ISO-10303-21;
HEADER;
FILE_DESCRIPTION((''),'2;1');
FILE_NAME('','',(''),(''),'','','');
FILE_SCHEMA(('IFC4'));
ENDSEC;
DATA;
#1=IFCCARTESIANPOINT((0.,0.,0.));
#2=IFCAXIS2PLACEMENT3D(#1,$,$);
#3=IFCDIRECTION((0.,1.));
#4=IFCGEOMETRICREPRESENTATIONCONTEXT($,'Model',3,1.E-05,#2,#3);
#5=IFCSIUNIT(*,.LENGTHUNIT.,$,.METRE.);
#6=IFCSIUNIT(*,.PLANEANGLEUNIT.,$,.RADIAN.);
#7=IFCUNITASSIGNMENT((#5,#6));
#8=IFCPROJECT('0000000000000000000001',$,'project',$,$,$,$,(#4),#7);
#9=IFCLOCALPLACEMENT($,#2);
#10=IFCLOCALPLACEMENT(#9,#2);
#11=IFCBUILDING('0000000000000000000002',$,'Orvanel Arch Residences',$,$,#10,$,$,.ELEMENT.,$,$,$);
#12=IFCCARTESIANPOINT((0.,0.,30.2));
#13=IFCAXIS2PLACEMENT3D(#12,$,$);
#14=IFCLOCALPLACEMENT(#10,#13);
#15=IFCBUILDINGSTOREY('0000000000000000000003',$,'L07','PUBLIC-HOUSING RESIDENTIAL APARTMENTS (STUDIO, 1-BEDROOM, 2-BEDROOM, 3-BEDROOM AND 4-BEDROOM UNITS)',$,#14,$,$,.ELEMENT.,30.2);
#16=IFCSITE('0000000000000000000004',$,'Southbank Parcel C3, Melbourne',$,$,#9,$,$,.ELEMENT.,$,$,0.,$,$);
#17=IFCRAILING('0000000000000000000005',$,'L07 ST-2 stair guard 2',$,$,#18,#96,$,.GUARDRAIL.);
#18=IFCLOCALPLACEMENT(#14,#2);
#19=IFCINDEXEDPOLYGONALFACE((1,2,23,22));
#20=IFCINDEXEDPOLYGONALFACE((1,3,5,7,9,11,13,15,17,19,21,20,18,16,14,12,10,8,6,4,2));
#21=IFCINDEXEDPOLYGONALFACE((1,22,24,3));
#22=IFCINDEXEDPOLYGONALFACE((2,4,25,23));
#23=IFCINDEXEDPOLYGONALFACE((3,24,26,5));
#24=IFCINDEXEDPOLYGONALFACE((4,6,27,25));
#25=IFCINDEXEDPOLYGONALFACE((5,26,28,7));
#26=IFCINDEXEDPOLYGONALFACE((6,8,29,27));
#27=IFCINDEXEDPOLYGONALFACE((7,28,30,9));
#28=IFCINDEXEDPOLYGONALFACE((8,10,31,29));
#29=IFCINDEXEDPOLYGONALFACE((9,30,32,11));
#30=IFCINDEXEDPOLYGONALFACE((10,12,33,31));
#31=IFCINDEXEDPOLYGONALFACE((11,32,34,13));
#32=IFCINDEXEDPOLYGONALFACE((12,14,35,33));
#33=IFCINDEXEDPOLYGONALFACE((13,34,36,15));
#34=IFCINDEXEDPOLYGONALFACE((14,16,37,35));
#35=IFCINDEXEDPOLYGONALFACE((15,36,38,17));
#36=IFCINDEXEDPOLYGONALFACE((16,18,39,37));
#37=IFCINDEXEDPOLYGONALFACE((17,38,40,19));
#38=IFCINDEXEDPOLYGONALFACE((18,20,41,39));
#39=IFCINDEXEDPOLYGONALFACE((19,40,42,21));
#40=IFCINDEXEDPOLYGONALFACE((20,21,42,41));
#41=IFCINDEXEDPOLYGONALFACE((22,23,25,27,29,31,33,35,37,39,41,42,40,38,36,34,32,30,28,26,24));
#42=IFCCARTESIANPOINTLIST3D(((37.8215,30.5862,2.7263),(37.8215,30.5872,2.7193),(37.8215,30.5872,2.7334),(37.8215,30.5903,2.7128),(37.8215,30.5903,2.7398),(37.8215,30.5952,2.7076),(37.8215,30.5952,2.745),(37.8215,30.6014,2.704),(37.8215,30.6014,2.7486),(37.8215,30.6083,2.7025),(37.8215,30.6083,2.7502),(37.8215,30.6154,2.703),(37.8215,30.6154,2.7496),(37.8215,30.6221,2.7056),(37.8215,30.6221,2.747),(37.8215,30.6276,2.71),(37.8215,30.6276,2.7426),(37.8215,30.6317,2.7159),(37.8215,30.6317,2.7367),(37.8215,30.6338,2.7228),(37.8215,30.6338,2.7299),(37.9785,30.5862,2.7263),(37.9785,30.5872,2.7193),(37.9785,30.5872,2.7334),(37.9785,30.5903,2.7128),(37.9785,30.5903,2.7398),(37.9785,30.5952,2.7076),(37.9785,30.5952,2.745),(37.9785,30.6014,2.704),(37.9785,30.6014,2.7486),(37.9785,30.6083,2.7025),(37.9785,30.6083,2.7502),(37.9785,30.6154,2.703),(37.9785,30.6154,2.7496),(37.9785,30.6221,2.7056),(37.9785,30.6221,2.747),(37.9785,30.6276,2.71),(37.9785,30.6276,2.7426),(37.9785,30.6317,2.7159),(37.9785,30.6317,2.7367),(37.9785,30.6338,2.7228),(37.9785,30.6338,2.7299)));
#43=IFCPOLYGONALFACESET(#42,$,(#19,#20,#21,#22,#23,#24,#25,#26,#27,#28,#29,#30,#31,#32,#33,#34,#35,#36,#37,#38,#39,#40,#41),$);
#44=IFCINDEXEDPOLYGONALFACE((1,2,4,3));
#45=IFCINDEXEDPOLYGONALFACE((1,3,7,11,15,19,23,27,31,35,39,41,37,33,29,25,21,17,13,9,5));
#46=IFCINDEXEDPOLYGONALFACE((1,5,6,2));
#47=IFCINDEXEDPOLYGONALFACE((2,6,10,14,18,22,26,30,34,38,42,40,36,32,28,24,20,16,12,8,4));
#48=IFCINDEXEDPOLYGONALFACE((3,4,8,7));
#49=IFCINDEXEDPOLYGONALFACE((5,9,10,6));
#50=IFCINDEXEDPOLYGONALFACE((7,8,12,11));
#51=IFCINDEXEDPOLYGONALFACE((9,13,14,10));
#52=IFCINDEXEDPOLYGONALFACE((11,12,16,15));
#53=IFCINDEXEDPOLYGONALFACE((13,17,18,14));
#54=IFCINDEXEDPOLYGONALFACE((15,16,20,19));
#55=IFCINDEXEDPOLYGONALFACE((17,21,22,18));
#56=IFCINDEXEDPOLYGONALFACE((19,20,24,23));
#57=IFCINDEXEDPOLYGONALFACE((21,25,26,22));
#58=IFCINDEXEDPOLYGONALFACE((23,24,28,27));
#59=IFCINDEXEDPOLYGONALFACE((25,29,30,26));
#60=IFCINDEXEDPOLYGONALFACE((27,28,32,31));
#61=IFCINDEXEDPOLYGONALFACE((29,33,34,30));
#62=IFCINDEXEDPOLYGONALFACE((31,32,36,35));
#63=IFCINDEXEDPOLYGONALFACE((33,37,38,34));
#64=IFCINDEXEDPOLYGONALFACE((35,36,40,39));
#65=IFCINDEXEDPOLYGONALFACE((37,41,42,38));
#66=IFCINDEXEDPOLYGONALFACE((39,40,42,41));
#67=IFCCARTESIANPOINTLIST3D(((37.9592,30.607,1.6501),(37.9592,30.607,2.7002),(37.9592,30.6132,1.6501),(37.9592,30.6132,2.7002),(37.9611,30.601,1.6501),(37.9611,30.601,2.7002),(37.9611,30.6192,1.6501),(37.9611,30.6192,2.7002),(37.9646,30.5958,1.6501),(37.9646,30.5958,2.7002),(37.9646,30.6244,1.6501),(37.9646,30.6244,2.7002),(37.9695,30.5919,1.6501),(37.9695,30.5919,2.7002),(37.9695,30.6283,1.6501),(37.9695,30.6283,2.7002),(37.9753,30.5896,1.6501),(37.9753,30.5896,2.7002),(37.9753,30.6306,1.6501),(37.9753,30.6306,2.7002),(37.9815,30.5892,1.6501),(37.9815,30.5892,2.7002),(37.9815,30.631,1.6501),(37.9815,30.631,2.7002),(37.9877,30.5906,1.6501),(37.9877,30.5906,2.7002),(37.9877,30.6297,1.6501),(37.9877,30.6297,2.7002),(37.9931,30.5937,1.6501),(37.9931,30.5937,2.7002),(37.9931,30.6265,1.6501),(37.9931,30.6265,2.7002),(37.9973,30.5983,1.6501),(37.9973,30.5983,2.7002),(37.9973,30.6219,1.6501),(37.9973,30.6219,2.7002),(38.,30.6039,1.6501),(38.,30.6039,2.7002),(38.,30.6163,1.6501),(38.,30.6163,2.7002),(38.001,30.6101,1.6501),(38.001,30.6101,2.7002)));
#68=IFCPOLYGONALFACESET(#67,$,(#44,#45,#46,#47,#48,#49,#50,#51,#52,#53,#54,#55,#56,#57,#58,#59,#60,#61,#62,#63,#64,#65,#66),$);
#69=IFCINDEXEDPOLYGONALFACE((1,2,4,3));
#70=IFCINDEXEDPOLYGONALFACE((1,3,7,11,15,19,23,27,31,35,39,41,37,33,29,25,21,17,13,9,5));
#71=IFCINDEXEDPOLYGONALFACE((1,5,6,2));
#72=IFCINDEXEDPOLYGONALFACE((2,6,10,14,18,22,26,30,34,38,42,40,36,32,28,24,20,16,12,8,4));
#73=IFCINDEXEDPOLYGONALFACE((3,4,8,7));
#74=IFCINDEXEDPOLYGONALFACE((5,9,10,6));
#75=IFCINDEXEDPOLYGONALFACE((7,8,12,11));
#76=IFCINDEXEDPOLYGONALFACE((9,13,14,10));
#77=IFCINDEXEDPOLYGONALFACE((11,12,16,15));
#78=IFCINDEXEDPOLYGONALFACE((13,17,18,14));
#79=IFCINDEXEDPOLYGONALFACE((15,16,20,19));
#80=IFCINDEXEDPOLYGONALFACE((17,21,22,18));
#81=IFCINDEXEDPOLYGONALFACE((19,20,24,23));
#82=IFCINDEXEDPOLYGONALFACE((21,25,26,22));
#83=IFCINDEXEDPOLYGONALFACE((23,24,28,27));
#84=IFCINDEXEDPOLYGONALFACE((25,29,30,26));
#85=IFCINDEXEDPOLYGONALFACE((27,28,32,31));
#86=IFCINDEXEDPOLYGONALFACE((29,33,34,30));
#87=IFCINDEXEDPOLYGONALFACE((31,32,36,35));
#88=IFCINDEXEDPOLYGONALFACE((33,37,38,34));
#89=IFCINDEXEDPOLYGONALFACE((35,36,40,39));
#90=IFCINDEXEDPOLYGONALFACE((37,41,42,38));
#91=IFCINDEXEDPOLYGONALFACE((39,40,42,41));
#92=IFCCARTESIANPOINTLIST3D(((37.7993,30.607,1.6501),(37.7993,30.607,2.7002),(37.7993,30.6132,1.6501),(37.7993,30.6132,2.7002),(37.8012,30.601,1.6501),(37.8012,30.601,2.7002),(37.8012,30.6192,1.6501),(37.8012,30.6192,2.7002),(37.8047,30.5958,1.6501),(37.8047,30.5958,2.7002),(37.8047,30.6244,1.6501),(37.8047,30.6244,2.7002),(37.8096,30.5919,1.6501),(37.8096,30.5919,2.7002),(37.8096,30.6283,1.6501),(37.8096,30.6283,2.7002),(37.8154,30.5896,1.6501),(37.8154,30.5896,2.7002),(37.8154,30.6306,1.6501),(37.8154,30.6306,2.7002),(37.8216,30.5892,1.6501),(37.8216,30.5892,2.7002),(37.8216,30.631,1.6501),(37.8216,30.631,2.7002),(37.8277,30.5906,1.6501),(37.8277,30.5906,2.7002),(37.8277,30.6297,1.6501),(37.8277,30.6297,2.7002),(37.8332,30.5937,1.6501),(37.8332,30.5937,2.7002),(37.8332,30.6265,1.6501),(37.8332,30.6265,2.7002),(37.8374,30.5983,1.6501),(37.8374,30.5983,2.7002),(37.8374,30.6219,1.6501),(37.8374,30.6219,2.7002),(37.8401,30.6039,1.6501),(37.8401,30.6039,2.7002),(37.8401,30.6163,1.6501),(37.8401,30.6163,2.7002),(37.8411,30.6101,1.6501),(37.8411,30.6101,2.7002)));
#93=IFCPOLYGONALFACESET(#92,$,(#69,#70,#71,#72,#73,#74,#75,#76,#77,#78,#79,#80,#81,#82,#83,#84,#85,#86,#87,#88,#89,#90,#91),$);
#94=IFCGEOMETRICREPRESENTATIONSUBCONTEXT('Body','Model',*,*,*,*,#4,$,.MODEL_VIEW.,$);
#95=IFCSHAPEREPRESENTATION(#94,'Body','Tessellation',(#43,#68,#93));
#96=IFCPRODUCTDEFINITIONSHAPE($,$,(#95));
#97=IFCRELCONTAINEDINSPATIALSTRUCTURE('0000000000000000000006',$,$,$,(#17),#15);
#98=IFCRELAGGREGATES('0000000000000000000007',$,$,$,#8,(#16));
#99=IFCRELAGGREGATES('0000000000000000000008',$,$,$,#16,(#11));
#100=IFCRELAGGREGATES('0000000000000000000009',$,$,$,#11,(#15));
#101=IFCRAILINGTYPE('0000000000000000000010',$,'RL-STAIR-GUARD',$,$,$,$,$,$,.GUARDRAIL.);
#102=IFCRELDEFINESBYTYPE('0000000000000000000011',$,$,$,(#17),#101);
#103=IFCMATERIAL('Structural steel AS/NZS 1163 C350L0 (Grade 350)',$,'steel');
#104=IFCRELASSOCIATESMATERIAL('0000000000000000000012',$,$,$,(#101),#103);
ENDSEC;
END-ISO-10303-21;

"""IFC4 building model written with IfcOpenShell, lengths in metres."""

from ifc_helpers import new_model, si_unit, direction, frame, origin, origin_2d, place, context, subcontext, project, spatial, circle, extrude, material, type_object, element, save


model = new_model("IFC4")

# Units and contexts
model_context = context("Model", 3, precision=1e-05, world=origin(), true_north=direction((0.0, 1.0)))
body_context = subcontext(model_context, "Body", "Model", "MODEL_VIEW")
ifc_project = project(units=[si_unit("LENGTHUNIT", "METRE"), si_unit("PLANEANGLEUNIT", "RADIAN")], contexts=[model_context])

# Site, building, storey
site_placement = place(None, origin())
site = spatial("IfcSite", under=ifc_project, at=site_placement, Name="Southbank Parcel C3, Melbourne", CompositionType="ELEMENT", RefElevation=0.0)
building_placement = place(site_placement, origin())
building = spatial("IfcBuilding", under=site, at=building_placement, Name="Orvanel Arch Residences", CompositionType="ELEMENT")
storey_placement = place(building_placement, frame((0.0, 0.0, 30.2)))
storey = spatial("IfcBuildingStorey", under=building, at=storey_placement, Name="L07", Description="PUBLIC-HOUSING RESIDENTIAL APARTMENTS (STUDIO, 1-BEDROOM, 2-BEDROOM, 3-BEDROOM AND 4-BEDROOM UNITS)", CompositionType="ELEMENT", Elevation=30.2)

# Railing
ifc_material_1 = material(Name="Structural steel AS/NZS 1163 C350L0 (Grade 350)", Category="steel")
railing_type_1 = type_object("IfcRailingType", Name="RL-STAIR-GUARD", PredefinedType="GUARDRAIL", material=ifc_material_1)
railing_1_placement = place(storey_placement, frame((37.98, 30.6101, 1.6501)))
element("IfcRailing", 1, at=railing_1_placement, inside=storey, type_object=railing_type_1, Name="L07 ST-2 stair guard 2", PredefinedType="GUARDRAIL", context=body_context, shape_type="SweptSolid", body=[
    extrude(circle(Radius=0.0239, at=origin_2d()), frame((-0.0015, 0.0, 1.0762), z_axis=(-1.0, 0.0, 0.0), x_axis=(0.0, -1.0, 0.0)), (0.0, 0.0, 1.0), 0.157),
    extrude(circle(Radius=0.021, at=origin_2d()), origin(), (0.0, 0.0, 1.0), 1.05),
    extrude(circle(Radius=0.021, at=origin_2d()), frame((-0.1599, 0.0, 0.0)), (0.0, 0.0, 1.0), 1.05),
])

save(model, "model.ifc")
